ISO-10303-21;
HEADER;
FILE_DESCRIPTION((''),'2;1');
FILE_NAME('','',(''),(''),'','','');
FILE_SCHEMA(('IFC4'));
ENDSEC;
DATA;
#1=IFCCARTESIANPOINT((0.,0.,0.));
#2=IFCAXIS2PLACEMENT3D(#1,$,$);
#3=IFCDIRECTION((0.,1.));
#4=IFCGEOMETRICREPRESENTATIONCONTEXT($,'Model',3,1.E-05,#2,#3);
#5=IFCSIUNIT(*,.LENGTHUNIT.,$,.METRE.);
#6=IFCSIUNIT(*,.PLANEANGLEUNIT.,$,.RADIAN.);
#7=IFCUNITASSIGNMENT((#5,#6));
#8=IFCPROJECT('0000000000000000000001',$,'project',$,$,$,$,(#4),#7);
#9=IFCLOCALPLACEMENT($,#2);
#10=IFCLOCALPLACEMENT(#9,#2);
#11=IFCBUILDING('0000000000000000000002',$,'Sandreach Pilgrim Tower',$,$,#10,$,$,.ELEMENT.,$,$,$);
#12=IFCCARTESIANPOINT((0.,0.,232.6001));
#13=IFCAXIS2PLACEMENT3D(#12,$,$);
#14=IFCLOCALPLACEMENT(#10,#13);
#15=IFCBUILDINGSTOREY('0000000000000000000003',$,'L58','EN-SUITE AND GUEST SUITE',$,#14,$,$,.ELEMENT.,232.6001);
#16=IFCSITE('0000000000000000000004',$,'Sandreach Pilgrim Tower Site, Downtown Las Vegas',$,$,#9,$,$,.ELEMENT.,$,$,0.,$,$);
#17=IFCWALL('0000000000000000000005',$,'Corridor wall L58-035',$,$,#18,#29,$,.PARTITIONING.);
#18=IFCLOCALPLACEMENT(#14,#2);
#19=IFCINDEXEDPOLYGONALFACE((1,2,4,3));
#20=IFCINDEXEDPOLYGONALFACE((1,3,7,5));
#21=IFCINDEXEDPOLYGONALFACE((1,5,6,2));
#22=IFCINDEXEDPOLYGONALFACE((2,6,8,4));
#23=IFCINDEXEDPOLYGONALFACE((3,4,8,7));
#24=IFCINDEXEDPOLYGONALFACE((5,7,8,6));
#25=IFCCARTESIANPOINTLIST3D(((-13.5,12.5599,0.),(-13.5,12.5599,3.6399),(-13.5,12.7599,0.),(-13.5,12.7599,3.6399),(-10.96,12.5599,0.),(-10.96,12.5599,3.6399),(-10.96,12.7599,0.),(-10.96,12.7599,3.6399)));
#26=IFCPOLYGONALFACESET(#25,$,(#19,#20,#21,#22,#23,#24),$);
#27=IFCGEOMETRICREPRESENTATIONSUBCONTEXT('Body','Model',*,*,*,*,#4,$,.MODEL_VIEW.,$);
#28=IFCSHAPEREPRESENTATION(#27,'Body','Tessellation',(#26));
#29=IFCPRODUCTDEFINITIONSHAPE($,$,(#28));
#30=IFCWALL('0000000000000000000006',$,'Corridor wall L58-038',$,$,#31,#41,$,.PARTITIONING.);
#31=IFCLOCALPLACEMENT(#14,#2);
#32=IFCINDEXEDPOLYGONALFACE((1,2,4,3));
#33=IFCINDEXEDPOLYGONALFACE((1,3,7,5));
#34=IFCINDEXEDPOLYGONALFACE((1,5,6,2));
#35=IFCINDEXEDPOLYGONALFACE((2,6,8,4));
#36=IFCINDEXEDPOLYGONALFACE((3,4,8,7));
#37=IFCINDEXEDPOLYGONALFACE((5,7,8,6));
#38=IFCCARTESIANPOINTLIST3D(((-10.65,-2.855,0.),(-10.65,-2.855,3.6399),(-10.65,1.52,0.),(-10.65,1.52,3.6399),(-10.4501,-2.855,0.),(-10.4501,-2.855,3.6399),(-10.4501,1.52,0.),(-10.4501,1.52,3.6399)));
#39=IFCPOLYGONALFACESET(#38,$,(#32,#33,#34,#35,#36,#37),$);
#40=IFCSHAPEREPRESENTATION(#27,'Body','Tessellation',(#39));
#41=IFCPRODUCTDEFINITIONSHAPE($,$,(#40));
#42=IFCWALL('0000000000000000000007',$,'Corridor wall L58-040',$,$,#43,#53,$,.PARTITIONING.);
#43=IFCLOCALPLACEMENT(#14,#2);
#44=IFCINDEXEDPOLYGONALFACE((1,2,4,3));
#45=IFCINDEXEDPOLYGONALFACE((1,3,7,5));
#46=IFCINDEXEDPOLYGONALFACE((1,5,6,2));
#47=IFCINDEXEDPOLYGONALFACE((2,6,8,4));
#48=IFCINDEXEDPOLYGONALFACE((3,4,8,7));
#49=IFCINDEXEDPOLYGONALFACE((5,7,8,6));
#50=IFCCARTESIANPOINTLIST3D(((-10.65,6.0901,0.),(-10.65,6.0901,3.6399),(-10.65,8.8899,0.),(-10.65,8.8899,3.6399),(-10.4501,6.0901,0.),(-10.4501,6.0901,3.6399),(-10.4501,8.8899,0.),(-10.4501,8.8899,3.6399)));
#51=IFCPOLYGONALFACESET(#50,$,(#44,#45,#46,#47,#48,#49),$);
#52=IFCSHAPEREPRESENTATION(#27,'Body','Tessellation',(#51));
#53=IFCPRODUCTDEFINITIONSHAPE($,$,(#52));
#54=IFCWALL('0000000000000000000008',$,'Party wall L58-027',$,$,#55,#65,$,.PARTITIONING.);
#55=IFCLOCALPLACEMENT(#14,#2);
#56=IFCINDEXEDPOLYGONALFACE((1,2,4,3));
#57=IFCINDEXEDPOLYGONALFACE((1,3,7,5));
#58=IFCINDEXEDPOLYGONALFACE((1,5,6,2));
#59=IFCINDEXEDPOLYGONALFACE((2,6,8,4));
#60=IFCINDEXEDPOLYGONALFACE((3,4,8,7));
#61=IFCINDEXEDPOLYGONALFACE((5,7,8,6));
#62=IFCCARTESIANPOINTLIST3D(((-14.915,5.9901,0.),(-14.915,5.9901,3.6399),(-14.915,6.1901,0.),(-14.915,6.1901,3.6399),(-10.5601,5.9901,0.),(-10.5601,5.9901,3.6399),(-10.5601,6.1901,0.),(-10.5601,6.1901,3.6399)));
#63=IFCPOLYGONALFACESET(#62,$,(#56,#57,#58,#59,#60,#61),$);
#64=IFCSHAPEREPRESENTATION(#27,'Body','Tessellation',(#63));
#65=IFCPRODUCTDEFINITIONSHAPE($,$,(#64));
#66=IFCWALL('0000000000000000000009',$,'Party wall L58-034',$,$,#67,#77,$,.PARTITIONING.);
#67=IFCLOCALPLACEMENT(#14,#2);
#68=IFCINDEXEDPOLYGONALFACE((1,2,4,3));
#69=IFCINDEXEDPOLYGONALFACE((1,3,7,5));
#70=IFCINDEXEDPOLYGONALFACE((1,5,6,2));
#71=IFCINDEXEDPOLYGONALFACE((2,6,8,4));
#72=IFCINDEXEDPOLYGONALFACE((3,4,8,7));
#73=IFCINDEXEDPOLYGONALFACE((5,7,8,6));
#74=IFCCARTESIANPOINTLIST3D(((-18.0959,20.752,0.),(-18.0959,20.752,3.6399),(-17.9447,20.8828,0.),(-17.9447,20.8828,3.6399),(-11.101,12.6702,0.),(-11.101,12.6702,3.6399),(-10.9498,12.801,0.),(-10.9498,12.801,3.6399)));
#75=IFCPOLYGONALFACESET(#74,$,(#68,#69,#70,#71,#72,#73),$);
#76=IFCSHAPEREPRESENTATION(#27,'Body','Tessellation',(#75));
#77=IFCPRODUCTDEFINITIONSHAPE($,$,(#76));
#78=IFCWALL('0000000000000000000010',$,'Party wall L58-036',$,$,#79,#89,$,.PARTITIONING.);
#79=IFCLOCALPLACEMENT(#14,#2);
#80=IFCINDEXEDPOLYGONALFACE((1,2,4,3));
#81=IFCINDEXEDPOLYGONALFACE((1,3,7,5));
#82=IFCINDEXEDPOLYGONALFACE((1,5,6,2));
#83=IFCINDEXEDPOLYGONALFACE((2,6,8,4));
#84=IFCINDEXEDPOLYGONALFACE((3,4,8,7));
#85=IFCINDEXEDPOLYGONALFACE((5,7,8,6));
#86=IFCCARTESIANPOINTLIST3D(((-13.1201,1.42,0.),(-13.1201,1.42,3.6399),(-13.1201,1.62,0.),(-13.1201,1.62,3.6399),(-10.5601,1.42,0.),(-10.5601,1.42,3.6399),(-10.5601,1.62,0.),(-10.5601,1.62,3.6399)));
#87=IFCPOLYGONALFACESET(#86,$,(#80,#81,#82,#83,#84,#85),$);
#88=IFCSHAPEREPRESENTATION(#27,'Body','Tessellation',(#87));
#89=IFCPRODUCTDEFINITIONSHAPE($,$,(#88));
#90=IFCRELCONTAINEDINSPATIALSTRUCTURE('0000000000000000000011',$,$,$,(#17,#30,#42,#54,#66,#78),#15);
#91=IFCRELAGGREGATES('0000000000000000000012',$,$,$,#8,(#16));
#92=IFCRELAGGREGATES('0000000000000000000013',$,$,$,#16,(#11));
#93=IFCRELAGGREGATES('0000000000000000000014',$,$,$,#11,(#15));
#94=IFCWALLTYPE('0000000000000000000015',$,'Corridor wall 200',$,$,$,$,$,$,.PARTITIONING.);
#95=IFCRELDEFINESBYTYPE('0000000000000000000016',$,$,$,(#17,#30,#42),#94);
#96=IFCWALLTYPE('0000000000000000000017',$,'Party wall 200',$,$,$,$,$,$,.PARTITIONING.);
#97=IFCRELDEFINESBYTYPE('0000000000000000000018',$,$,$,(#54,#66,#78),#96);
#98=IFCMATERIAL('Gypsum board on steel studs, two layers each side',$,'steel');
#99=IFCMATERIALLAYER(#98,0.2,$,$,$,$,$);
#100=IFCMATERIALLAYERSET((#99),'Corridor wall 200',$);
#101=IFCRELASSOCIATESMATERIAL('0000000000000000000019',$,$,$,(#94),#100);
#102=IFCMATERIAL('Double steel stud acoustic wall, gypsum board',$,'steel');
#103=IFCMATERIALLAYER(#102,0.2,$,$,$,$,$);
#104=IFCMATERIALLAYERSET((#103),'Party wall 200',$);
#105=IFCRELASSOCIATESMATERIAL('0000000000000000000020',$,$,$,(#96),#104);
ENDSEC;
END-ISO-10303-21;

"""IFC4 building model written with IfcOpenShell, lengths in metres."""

from ifc_helpers import new_model, si_unit, direction, frame, frame_2d, origin, place, context, subcontext, project, spatial, rectangle, extrude, material, layer, layer_set, type_object, element, save


model = new_model("IFC4")

# Units and contexts
model_context = context("Model", 3, precision=1e-05, world=origin(), true_north=direction((0.0, 1.0)))
body_context = subcontext(model_context, "Body", "Model", "MODEL_VIEW")
ifc_project = project(units=[si_unit("LENGTHUNIT", "METRE"), si_unit("PLANEANGLEUNIT", "RADIAN")], contexts=[model_context])

# Site, building, storey
site_placement = place(None, origin())
site = spatial("IfcSite", under=ifc_project, at=site_placement, Name="Sandreach Pilgrim Tower Site, Downtown Las Vegas", CompositionType="ELEMENT", RefElevation=0.0)
building_placement = place(site_placement, origin())
building = spatial("IfcBuilding", under=site, at=building_placement, Name="Sandreach Pilgrim Tower", CompositionType="ELEMENT")
storey_placement = place(building_placement, frame((0.0, 0.0, 232.6001)))
storey = spatial("IfcBuildingStorey", under=building, at=storey_placement, Name="L58", Description="EN-SUITE AND GUEST SUITE", CompositionType="ELEMENT", Elevation=232.6001)

# Shared definitions
ifc_material_1 = material(Name="Gypsum board on steel studs, two layers each side", Category="steel")
ifc_layer_1 = layer(ifc_material_1, 0.2)
ifc_layer_set_1 = layer_set([ifc_layer_1], Name="Corridor wall 200")
wall_type_1 = type_object("IfcWallType", Name="Corridor wall 200", PredefinedType="PARTITIONING", material=ifc_layer_set_1)

# Walls
wall_1_placement = place(storey_placement, frame((-10.96, 12.6599, 0.0), z_axis=(0.0, 0.0, 1.0), x_axis=(-1.0, 0.0, 0.0)))
element("IfcWall", 1, at=wall_1_placement, inside=storey, type_object=wall_type_1, Name="Corridor wall L58-035", PredefinedType="PARTITIONING", context=body_context, shape_type="SweptSolid", body=[
    extrude(rectangle(XDim=2.54, YDim=0.2, at=frame_2d((1.27, 0.0))), origin(), (0.0, 0.0, 1.0), 3.6399),
])
wall_2_placement = place(storey_placement, frame((-10.55, 1.52, 0.0), z_axis=(0.0, 0.0, 1.0), x_axis=(0.0, -1.0, 0.0)))
element("IfcWall", 2, at=wall_2_placement, inside=storey, type_object=wall_type_1, Name="Corridor wall L58-038", PredefinedType="PARTITIONING", context=body_context, shape_type="SweptSolid", body=[
    extrude(rectangle(XDim=4.375, YDim=0.2, at=frame_2d((2.1875, 0.0))), origin(), (0.0, 0.0, 1.0), 3.6399),
])

# Wall
wall_3_placement = place(storey_placement, frame((-10.55, 8.8899, 0.0), z_axis=(0.0, 0.0, 1.0), x_axis=(0.0, -1.0, 0.0)))
element("IfcWall", 3, at=wall_3_placement, inside=storey, type_object=wall_type_1, Name="Corridor wall L58-040", PredefinedType="PARTITIONING", context=body_context, shape_type="SweptSolid", body=[
    extrude(rectangle(XDim=2.7998, YDim=0.2, at=frame_2d((1.3999, 0.0))), origin(), (0.0, 0.0, 1.0), 3.6399),
])

# Walls
ifc_material_2 = material(Name="Double steel stud acoustic wall, gypsum board", Category="steel")
ifc_layer_2 = layer(ifc_material_2, 0.2)
ifc_layer_set_2 = layer_set([ifc_layer_2], Name="Party wall 200")
wall_type_2 = type_object("IfcWallType", Name="Party wall 200", PredefinedType="PARTITIONING", material=ifc_layer_set_2)
wall_4_placement = place(storey_placement, frame((-14.915, 6.0901, 0.0), z_axis=(0.0, 0.0, 1.0), x_axis=(1.0, 0.0, 0.0)))
element("IfcWall", 4, at=wall_4_placement, inside=storey, type_object=wall_type_2, Name="Party wall L58-027", PredefinedType="PARTITIONING", context=body_context, shape_type="SweptSolid", body=[
    extrude(rectangle(XDim=4.355, YDim=0.2, at=frame_2d((2.1775, 0.0))), origin(), (0.0, 0.0, 1.0), 3.6399),
])
wall_5_placement = place(storey_placement, frame((-11.0254, 12.7356, 0.0), z_axis=(0.0, 0.0, 1.0), x_axis=(-0.654431, 0.756122, 0.0)))
element("IfcWall", 5, at=wall_5_placement, inside=storey, type_object=wall_type_2, Name="Party wall L58-034", PredefinedType="PARTITIONING", context=body_context, shape_type="SweptSolid", body=[
    extrude(rectangle(XDim=10.6885, YDim=0.2, at=frame_2d((5.3442, 0.0))), origin(), (0.0, 0.0, 1.0), 3.6399),
])
wall_6_placement = place(storey_placement, frame((-10.5601, 1.52, 0.0), z_axis=(0.0, 0.0, 1.0), x_axis=(-1.0, 0.0, 0.0)))
element("IfcWall", 6, at=wall_6_placement, inside=storey, type_object=wall_type_2, Name="Party wall L58-036", PredefinedType="PARTITIONING", context=body_context, shape_type="SweptSolid", body=[
    extrude(rectangle(XDim=2.5601, YDim=0.2, at=frame_2d((1.28, 0.0))), origin(), (0.0, 0.0, 1.0), 3.6399),
])

save(model, "model.ifc")
